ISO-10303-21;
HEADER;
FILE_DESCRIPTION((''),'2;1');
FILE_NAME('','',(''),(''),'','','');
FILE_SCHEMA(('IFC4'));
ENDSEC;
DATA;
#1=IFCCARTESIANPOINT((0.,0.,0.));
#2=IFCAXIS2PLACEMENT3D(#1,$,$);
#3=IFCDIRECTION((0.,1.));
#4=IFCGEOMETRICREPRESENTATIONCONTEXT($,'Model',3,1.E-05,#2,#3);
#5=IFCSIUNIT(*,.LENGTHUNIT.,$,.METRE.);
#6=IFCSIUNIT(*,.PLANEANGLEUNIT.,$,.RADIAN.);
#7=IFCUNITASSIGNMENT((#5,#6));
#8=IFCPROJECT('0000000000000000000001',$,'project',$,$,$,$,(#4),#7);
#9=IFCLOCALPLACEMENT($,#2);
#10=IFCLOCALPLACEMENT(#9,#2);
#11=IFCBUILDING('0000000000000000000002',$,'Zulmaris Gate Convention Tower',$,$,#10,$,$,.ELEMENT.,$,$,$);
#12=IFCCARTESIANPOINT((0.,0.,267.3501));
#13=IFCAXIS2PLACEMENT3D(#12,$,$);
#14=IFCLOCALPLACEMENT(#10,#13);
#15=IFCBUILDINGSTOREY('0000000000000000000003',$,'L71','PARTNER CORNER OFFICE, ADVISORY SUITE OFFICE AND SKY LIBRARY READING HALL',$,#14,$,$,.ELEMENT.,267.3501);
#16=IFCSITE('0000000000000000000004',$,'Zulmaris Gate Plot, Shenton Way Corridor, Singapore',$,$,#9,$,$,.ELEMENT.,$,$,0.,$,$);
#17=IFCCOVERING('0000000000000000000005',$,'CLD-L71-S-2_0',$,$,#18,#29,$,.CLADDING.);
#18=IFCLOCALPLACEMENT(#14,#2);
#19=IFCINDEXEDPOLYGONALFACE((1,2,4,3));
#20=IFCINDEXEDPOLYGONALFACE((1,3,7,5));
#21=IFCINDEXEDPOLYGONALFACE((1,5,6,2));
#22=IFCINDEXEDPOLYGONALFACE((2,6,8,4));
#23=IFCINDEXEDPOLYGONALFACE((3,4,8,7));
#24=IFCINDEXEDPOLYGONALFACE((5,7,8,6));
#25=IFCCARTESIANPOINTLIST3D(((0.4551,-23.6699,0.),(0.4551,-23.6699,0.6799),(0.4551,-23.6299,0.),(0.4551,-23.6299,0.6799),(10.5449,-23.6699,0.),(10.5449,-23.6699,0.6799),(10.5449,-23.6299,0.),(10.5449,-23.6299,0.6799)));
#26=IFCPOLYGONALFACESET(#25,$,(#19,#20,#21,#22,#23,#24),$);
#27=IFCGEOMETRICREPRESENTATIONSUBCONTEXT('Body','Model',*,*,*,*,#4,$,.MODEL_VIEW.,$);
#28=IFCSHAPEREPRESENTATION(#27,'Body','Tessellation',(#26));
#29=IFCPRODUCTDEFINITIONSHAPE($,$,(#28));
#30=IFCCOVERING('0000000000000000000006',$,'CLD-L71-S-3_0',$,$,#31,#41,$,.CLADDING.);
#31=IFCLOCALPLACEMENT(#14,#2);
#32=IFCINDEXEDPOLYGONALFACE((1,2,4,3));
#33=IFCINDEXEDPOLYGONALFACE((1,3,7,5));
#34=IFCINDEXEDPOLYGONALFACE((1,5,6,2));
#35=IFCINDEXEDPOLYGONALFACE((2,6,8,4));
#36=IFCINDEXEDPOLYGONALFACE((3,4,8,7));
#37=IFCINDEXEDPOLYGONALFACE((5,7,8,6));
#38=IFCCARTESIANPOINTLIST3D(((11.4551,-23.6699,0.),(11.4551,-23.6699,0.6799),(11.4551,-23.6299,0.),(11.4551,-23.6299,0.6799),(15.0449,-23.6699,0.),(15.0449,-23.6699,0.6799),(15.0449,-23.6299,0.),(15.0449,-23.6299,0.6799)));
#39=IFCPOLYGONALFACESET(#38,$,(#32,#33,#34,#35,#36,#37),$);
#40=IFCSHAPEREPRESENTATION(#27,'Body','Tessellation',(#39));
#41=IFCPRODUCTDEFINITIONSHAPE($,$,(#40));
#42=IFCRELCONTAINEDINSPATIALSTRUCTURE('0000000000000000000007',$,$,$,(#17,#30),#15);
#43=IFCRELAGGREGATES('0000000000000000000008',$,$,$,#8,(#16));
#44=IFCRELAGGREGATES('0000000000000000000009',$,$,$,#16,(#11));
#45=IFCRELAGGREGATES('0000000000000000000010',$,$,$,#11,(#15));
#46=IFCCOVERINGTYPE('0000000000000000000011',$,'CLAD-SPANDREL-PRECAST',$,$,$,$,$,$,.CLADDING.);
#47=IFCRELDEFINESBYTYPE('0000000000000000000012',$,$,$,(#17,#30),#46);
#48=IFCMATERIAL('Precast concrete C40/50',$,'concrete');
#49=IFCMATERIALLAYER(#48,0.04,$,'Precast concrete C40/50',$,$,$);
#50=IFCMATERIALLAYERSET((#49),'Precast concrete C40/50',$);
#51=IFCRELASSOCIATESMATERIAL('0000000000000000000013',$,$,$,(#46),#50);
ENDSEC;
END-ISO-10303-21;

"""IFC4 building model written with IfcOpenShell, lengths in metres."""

from ifc_helpers import new_model, si_unit, direction, frame, frame_2d, origin, place, context, subcontext, project, spatial, rectangle, extrude, material, layer, layer_set, type_object, element, save


model = new_model("IFC4")

# Units and contexts
model_context = context("Model", 3, precision=1e-05, world=origin(), true_north=direction((0.0, 1.0)))
body_context = subcontext(model_context, "Body", "Model", "MODEL_VIEW")
ifc_project = project(units=[si_unit("LENGTHUNIT", "METRE"), si_unit("PLANEANGLEUNIT", "RADIAN")], contexts=[model_context])

# Site, building, storey
site_placement = place(None, origin())
site = spatial("IfcSite", under=ifc_project, at=site_placement, Name="Zulmaris Gate Plot, Shenton Way Corridor, Singapore", CompositionType="ELEMENT", RefElevation=0.0)
building_placement = place(site_placement, origin())
building = spatial("IfcBuilding", under=site, at=building_placement, Name="Zulmaris Gate Convention Tower", CompositionType="ELEMENT")
storey_placement = place(building_placement, frame((0.0, 0.0, 267.3501)))
storey = spatial("IfcBuildingStorey", under=building, at=storey_placement, Name="L71", Description="PARTNER CORNER OFFICE, ADVISORY SUITE OFFICE AND SKY LIBRARY READING HALL", CompositionType="ELEMENT", Elevation=267.3501)

# Shared definitions
ifc_material_1 = material(Name="Precast concrete C40/50", Category="concrete")

# Coverings
ifc_layer_1 = layer(ifc_material_1, 0.04, Name="Precast concrete C40/50")
ifc_layer_set_1 = layer_set([ifc_layer_1], Name="Precast concrete C40/50")
covering_type = type_object("IfcCoveringType", Name="CLAD-SPANDREL-PRECAST", PredefinedType="CLADDING", material=ifc_layer_set_1)
covering_1_placement = place(storey_placement, frame((0.4551, -23.6499, 0.0), z_axis=(0.0, 0.0, 1.0), x_axis=(1.0, 0.0, 0.0)))
element("IfcCovering", 1, at=covering_1_placement, inside=storey, type_object=covering_type, Name="CLD-L71-S-2_0", PredefinedType="CLADDING", context=body_context, shape_type="SweptSolid", body=[
    extrude(rectangle(XDim=10.0898, YDim=0.04, at=frame_2d((5.0449, 0.0))), origin(), (0.0, 0.0, 1.0), 0.6799),
])
covering_2_placement = place(storey_placement, frame((11.4551, -23.6499, 0.0), z_axis=(0.0, 0.0, 1.0), x_axis=(1.0, 0.0, 0.0)))
element("IfcCovering", 2, at=covering_2_placement, inside=storey, type_object=covering_type, Name="CLD-L71-S-3_0", PredefinedType="CLADDING", context=body_context, shape_type="SweptSolid", body=[
    extrude(rectangle(XDim=3.5898, YDim=0.04, at=frame_2d((1.7949, 0.0))), origin(), (0.0, 0.0, 1.0), 0.6799),
])

save(model, "model.ifc")
